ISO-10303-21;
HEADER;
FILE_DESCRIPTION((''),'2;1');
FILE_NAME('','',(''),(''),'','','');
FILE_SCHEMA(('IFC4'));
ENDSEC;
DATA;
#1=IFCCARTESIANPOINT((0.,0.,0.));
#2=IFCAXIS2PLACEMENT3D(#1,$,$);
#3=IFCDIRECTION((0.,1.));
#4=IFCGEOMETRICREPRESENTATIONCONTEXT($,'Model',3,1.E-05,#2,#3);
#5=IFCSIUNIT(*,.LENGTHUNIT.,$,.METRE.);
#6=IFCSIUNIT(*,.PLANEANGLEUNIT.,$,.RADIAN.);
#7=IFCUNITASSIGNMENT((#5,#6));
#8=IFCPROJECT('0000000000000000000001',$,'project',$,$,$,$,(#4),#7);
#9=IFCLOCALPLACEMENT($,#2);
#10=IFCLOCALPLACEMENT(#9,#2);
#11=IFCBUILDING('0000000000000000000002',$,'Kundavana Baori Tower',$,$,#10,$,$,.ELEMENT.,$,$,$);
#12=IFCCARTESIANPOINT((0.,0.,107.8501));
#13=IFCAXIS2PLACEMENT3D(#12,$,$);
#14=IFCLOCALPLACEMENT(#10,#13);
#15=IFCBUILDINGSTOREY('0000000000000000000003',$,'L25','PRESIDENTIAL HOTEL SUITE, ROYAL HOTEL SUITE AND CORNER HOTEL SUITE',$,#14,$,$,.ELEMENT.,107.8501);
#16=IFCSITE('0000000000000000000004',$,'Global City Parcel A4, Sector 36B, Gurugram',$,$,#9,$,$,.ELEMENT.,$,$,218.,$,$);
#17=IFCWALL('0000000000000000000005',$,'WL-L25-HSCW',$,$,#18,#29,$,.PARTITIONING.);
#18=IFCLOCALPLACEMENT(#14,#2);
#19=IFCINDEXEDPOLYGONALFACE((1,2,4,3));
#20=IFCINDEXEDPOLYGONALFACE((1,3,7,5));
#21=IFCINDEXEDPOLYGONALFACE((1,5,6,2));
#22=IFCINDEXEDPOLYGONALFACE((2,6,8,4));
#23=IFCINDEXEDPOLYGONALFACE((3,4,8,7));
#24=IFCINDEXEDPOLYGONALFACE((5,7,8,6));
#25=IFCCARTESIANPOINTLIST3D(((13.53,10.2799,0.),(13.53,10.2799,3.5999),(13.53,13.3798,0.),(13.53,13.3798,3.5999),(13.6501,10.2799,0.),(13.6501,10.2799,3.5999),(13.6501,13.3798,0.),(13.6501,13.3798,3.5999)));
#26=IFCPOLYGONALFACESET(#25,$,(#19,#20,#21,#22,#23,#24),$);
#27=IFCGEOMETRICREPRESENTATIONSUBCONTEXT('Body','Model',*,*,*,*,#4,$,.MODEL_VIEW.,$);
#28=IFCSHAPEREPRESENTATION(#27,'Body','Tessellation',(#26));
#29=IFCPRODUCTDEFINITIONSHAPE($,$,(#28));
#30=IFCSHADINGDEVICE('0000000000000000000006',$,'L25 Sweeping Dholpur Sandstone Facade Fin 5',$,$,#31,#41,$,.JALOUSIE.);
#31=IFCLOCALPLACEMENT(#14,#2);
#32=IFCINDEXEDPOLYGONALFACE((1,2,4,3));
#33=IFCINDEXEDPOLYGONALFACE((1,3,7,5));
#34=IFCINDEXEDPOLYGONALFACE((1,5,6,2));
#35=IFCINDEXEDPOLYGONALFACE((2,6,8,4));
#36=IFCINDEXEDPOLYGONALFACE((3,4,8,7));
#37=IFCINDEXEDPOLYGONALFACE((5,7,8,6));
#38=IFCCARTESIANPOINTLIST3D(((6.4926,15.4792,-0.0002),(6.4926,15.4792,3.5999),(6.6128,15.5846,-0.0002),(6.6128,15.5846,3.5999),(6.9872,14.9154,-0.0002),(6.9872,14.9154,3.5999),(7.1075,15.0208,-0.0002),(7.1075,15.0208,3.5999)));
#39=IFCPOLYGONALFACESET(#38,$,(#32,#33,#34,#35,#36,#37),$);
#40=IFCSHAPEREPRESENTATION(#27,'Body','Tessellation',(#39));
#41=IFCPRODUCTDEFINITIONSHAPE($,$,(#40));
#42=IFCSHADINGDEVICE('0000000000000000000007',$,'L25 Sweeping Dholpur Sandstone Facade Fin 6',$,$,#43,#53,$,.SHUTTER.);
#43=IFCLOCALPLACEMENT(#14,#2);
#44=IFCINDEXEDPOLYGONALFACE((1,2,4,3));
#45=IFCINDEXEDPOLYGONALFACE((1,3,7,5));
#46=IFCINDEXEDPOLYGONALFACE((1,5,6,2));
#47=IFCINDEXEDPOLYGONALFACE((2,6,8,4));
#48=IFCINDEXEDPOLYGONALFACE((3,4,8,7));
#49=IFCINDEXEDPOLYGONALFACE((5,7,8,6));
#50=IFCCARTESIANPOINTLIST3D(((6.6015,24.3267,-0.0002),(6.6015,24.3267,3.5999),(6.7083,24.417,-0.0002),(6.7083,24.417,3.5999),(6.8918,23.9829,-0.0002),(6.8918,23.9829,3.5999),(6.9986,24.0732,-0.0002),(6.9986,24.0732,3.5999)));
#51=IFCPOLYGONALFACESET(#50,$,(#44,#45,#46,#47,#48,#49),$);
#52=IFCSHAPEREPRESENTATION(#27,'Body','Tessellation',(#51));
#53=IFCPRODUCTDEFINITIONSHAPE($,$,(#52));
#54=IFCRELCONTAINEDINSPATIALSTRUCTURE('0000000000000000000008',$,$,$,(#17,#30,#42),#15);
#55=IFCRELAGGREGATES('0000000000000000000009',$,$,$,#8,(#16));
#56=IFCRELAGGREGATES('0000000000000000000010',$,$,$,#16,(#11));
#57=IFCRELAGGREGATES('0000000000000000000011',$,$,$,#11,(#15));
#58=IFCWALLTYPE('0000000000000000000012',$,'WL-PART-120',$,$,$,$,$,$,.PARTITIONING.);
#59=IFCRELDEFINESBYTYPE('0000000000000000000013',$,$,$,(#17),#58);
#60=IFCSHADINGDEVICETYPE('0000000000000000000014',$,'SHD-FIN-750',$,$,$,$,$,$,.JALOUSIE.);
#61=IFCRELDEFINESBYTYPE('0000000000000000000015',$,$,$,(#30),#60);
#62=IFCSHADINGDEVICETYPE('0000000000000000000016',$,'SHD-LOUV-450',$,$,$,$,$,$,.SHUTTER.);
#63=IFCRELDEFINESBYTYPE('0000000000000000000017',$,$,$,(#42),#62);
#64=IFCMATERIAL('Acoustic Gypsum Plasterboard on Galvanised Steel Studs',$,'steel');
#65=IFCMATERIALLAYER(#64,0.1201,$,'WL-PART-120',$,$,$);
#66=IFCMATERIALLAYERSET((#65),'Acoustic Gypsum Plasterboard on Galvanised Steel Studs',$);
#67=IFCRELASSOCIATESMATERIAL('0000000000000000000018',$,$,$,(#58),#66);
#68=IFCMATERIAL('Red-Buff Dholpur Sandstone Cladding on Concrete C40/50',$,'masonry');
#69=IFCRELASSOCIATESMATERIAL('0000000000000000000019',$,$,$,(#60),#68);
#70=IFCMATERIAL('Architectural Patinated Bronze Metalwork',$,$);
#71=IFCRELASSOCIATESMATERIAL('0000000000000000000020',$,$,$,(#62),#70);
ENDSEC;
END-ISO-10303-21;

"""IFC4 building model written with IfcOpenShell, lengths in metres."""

from ifc_helpers import new_model, si_unit, direction, frame, frame_2d, origin, origin_2d, place, context, subcontext, project, spatial, rectangle, extrude, material, layer, layer_set, type_object, element, save


model = new_model("IFC4")

# Units and contexts
model_context = context("Model", 3, precision=1e-05, world=origin(), true_north=direction((0.0, 1.0)))
body_context = subcontext(model_context, "Body", "Model", "MODEL_VIEW")
ifc_project = project(units=[si_unit("LENGTHUNIT", "METRE"), si_unit("PLANEANGLEUNIT", "RADIAN")], contexts=[model_context])

# Site, building, storey
site_placement = place(None, origin())
site = spatial("IfcSite", under=ifc_project, at=site_placement, Name="Global City Parcel A4, Sector 36B, Gurugram", CompositionType="ELEMENT", RefElevation=218.0)
building_placement = place(site_placement, origin())
building = spatial("IfcBuilding", under=site, at=building_placement, Name="Kundavana Baori Tower", CompositionType="ELEMENT")
storey_placement = place(building_placement, frame((0.0, 0.0, 107.8501)))
storey = spatial("IfcBuildingStorey", under=building, at=storey_placement, Name="L25", Description="PRESIDENTIAL HOTEL SUITE, ROYAL HOTEL SUITE AND CORNER HOTEL SUITE", CompositionType="ELEMENT", Elevation=107.8501)

# Shared definitions
ifc_material_1 = material(Name="Acoustic Gypsum Plasterboard on Galvanised Steel Studs", Category="steel")
ifc_layer_1 = layer(ifc_material_1, 0.1201, Name="WL-PART-120")
ifc_layer_set_1 = layer_set([ifc_layer_1], Name="Acoustic Gypsum Plasterboard on Galvanised Steel Studs")
wall_type_1 = type_object("IfcWallType", Name="WL-PART-120", PredefinedType="PARTITIONING", material=ifc_layer_set_1)

# Wall
wall_1_placement = place(storey_placement, frame((13.5901, 10.28, 0.0), z_axis=(0.0, 0.0, 1.0), x_axis=(0.0, 1.0, 0.0)))
element("IfcWall", 1, at=wall_1_placement, inside=storey, type_object=wall_type_1, Name="WL-L25-HSCW", PredefinedType="PARTITIONING", context=body_context, shape_type="SweptSolid", body=[
    extrude(rectangle(XDim=3.0999, YDim=0.1201, at=frame_2d((1.5498, 0.0))), origin(), (0.0, 0.0, 1.0), 3.5999),
])

# Shading devices
ifc_material_2 = material(Name="Red-Buff Dholpur Sandstone Cladding on Concrete C40/50", Category="masonry")
shading_device_type_1 = type_object("IfcShadingDeviceType", Name="SHD-FIN-750", PredefinedType="JALOUSIE", material=ifc_material_2)
shading_device_1_placement = place(storey_placement, frame((6.8, 15.25, -0.0002), z_axis=(0.0, 0.0, 1.0), x_axis=(0.751725, 0.659477, 0.0)))
element("IfcShadingDevice", 2, at=shading_device_1_placement, inside=storey, type_object=shading_device_type_1, Name="L25 Sweeping Dholpur Sandstone Facade Fin 5", PredefinedType="JALOUSIE", context=body_context, shape_type="SweptSolid", body=[
    extrude(rectangle(XDim=0.1599, YDim=0.75, at=origin_2d()), origin(), (0.0, 0.0, 1.0), 3.6001),
])
ifc_material_3 = material(Name="Architectural Patinated Bronze Metalwork")
shading_device_type_2 = type_object("IfcShadingDeviceType", Name="SHD-LOUV-450", PredefinedType="SHUTTER", material=ifc_material_3)
shading_device_2_placement = place(storey_placement, frame((6.8, 24.2, -0.0002), z_axis=(0.0, 0.0, 1.0), x_axis=(0.764021, 0.645191, 0.0)))
element("IfcShadingDevice", 3, at=shading_device_2_placement, inside=storey, type_object=shading_device_type_2, Name="L25 Sweeping Dholpur Sandstone Facade Fin 6", PredefinedType="SHUTTER", context=body_context, shape_type="SweptSolid", body=[
    extrude(rectangle(XDim=0.1399, YDim=0.45, at=origin_2d()), origin(), (0.0, 0.0, 1.0), 3.6001),
])

save(model, "model.ifc")
